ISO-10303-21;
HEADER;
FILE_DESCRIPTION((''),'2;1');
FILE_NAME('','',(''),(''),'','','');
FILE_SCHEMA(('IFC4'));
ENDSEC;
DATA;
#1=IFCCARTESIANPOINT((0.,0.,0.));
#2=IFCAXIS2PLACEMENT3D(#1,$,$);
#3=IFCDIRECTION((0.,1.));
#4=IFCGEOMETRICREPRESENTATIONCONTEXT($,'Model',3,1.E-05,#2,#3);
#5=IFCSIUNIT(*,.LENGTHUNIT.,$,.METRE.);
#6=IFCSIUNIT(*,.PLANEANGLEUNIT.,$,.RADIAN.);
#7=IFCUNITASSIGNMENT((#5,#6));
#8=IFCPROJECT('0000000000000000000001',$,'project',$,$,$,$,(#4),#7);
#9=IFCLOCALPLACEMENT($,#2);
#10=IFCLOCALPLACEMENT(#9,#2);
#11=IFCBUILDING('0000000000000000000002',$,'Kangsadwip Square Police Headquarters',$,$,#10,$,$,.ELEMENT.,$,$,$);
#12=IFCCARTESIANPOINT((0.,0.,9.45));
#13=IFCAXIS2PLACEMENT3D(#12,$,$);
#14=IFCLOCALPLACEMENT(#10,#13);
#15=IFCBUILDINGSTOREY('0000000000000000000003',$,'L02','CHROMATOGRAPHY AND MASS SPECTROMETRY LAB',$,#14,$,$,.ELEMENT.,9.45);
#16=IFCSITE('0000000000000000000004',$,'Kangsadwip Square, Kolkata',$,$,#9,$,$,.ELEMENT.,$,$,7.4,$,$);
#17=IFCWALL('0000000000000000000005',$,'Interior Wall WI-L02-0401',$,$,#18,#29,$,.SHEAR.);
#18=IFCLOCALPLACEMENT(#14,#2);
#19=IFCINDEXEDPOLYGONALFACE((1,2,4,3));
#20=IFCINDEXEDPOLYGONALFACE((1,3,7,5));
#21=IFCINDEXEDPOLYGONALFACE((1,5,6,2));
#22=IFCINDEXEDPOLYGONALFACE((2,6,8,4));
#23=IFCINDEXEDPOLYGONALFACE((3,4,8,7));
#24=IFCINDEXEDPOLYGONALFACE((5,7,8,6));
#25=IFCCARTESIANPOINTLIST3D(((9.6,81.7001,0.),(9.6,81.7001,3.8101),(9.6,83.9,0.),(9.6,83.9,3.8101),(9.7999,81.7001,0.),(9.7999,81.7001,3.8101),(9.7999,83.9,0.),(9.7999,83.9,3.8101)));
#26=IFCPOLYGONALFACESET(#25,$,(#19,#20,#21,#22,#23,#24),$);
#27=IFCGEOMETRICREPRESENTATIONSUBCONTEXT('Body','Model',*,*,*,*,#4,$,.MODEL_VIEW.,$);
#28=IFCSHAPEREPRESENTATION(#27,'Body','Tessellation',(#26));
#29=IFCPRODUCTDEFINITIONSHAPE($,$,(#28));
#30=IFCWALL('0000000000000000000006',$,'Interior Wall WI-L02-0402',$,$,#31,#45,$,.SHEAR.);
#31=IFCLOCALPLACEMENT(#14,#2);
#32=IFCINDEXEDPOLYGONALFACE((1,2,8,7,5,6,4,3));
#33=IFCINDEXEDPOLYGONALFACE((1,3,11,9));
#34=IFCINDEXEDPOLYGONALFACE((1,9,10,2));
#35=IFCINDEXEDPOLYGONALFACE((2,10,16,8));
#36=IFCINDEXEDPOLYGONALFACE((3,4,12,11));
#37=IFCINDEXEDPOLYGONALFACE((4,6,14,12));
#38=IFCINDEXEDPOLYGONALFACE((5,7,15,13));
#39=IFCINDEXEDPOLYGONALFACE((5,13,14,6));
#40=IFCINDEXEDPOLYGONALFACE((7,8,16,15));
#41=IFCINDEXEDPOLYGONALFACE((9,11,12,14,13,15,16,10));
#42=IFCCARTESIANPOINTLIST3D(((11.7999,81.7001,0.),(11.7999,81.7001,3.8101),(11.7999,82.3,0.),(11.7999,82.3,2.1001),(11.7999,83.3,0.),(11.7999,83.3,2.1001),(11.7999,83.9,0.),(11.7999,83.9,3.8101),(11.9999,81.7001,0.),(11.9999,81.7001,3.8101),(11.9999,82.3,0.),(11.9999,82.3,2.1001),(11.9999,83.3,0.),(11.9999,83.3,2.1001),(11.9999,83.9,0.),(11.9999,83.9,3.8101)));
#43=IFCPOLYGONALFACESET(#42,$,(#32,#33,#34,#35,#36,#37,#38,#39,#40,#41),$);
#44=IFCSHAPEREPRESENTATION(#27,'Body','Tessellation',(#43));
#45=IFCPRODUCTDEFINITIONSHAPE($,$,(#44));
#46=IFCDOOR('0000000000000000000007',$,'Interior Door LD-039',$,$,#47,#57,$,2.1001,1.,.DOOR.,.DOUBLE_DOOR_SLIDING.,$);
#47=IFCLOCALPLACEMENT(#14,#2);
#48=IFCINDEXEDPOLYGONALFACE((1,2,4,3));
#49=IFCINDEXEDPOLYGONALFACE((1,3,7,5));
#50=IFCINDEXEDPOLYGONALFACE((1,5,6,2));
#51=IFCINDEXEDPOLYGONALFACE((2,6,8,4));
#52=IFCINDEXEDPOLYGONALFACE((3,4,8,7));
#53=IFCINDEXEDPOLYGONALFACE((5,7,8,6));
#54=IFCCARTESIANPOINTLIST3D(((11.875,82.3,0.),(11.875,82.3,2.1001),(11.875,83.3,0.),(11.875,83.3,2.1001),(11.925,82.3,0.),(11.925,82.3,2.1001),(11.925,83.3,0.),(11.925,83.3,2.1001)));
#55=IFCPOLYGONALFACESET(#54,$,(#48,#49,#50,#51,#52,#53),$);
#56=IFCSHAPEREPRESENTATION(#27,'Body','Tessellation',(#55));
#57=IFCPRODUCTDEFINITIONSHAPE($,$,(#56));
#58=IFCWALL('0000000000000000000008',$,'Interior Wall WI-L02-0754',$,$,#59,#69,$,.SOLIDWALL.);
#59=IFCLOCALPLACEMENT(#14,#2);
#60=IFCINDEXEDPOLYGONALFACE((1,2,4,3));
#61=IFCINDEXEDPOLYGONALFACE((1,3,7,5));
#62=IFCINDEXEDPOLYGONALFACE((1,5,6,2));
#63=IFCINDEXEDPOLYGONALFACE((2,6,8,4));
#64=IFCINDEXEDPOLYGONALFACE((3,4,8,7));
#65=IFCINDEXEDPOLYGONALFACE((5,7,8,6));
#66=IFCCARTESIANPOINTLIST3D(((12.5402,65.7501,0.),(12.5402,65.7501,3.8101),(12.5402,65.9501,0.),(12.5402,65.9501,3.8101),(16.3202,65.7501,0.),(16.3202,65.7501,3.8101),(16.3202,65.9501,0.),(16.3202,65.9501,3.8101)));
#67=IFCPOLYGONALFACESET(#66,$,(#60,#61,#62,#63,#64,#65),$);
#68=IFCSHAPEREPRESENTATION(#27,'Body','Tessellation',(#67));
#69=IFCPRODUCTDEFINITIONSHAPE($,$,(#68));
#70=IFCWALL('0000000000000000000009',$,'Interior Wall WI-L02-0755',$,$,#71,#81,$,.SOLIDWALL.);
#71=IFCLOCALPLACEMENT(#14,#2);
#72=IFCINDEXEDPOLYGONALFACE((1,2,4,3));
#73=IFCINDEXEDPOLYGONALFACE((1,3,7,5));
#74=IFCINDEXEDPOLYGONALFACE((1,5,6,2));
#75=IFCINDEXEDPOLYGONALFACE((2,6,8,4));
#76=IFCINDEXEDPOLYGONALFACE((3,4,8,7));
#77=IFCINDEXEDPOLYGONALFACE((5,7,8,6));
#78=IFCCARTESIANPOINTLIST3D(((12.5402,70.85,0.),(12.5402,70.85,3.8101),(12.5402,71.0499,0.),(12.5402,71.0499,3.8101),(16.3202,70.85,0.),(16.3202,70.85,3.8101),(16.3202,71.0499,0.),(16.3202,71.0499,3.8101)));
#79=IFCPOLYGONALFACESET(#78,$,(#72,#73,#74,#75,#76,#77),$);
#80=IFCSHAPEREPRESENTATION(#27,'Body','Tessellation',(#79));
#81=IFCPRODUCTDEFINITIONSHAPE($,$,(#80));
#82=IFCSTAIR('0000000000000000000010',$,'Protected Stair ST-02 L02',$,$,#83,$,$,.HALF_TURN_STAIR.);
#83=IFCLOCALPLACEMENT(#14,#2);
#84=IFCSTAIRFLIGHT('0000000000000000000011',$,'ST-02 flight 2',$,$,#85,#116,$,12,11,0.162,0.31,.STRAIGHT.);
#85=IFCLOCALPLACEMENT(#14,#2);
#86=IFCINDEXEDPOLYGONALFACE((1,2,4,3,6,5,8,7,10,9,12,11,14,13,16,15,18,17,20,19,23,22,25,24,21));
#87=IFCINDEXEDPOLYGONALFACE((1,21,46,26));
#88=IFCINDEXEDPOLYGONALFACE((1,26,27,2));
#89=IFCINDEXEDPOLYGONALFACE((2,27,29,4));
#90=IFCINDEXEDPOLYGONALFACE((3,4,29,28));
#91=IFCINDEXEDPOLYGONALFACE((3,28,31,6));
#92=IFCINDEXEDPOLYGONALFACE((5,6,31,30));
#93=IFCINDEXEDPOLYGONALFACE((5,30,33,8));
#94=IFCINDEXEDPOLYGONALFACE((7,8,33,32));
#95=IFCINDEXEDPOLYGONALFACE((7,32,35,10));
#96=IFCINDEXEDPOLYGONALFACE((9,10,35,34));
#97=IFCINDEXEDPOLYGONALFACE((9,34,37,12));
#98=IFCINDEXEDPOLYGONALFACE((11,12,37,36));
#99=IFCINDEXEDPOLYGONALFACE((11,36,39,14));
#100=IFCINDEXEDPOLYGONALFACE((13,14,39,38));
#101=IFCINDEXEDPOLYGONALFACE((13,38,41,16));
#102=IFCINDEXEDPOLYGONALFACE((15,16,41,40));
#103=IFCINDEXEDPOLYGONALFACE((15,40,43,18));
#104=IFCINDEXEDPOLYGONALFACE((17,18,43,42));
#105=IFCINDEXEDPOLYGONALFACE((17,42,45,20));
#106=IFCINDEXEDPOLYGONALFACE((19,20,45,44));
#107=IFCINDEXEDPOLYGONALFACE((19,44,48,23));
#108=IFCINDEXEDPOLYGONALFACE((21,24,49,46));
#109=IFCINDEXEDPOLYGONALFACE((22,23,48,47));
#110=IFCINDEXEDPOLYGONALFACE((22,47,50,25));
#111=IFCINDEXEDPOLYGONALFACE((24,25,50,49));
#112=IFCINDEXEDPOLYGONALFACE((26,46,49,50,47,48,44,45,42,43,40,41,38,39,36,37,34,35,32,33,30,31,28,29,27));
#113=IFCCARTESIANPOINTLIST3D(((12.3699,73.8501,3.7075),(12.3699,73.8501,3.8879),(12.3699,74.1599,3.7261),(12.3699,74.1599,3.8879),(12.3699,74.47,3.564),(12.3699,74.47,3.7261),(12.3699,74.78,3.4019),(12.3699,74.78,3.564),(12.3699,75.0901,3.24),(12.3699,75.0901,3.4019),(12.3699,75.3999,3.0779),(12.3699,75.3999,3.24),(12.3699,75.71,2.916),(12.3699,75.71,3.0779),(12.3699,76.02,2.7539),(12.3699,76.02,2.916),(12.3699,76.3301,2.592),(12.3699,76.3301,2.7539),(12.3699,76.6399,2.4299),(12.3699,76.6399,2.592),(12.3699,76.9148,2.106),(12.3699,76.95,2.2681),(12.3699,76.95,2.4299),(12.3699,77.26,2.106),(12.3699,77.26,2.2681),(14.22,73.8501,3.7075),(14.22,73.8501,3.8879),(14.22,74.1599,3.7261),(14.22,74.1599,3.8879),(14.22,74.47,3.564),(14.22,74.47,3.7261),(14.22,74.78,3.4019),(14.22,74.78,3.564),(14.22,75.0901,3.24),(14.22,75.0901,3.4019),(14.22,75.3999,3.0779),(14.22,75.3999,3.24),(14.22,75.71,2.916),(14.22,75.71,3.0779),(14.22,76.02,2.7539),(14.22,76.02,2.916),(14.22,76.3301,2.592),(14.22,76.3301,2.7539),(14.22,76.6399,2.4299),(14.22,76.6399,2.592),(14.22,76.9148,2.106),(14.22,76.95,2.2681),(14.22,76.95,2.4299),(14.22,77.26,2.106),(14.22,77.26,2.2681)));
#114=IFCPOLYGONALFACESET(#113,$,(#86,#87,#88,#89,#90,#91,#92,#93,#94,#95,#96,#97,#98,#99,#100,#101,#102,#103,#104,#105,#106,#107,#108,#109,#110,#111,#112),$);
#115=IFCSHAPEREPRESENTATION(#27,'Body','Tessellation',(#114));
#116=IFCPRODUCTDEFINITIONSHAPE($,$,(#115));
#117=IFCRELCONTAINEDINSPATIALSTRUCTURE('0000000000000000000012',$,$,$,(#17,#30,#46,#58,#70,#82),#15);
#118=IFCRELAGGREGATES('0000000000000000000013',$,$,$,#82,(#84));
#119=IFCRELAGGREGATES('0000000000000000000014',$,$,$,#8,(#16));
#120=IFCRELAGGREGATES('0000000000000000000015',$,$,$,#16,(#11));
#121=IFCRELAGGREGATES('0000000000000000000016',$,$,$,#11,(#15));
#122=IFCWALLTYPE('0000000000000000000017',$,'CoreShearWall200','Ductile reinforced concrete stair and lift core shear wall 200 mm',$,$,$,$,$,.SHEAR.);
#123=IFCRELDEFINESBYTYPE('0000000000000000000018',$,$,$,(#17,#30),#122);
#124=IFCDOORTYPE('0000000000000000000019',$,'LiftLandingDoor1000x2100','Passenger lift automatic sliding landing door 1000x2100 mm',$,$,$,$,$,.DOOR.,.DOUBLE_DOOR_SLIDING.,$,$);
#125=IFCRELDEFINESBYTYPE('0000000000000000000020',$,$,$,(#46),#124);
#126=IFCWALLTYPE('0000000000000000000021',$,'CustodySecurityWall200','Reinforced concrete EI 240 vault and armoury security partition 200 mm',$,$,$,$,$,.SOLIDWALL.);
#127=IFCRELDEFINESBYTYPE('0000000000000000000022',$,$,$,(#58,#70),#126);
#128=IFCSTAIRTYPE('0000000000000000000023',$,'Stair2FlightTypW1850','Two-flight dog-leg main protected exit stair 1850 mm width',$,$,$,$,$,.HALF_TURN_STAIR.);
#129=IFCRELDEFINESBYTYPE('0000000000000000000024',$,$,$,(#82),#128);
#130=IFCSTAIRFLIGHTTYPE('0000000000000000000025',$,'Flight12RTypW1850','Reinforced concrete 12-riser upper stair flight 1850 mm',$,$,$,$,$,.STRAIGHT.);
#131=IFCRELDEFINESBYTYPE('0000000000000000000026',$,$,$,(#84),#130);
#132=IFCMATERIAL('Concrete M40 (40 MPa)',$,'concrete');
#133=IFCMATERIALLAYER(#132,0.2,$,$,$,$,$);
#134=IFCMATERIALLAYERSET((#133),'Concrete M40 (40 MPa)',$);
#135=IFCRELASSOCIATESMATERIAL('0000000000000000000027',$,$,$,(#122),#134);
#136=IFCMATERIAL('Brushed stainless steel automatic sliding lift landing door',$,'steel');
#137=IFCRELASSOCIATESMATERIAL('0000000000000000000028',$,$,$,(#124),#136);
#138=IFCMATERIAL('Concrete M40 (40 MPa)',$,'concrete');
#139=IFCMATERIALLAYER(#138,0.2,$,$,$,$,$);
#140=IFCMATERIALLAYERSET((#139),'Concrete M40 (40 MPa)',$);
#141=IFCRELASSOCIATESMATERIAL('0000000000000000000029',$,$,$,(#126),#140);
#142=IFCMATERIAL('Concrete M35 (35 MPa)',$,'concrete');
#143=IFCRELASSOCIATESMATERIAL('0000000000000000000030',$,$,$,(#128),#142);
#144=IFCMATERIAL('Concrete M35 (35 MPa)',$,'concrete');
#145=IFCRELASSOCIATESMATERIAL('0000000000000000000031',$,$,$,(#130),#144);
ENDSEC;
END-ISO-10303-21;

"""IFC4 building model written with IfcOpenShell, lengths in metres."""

from ifc_helpers import new_model, si_unit, direction, frame, frame_2d, origin, place, context, subcontext, project, spatial, polyline, rectangle, outline, extrude, material, layer, layer_set, type_object, element, fill, aggregate, save


model = new_model("IFC4")

# Units and contexts
model_context = context("Model", 3, precision=1e-05, world=origin(), true_north=direction((0.0, 1.0)))
body_context = subcontext(model_context, "Body", "Model", "MODEL_VIEW")
ifc_project = project(units=[si_unit("LENGTHUNIT", "METRE"), si_unit("PLANEANGLEUNIT", "RADIAN")], contexts=[model_context])

# Site, building, storey
site_placement = place(None, origin())
site = spatial("IfcSite", under=ifc_project, at=site_placement, Name="Kangsadwip Square, Kolkata", CompositionType="ELEMENT", RefElevation=7.4)
building_placement = place(site_placement, origin())
building = spatial("IfcBuilding", under=site, at=building_placement, Name="Kangsadwip Square Police Headquarters", CompositionType="ELEMENT")
storey_placement = place(building_placement, frame((0.0, 0.0, 9.45)))
storey = spatial("IfcBuildingStorey", under=building, at=storey_placement, Name="L02", Description="CHROMATOGRAPHY AND MASS SPECTROMETRY LAB", CompositionType="ELEMENT", Elevation=9.45)

# Shared definitions
ifc_material_1 = material(Name="Concrete M40 (40 MPa)", Category="concrete")
ifc_layer_1 = layer(ifc_material_1, 0.2)
ifc_layer_set_1 = layer_set([ifc_layer_1], Name="Concrete M40 (40 MPa)")
wall_type_1 = type_object("IfcWallType", Name="CoreShearWall200", Description="Ductile reinforced concrete stair and lift core shear wall 200 mm", PredefinedType="SHEAR", material=ifc_layer_set_1)

# Wall
for number, where, z_axis, x_axis, name in (
    (1, (9.7, 81.7, 0.0), (0.0, 0.0, 1.0), (0.0, 1.0, 0.0), "Interior Wall WI-L02-0401"),
):
    element("IfcWall", number, at=place(storey_placement, frame(where, z_axis=z_axis, x_axis=x_axis)), inside=storey, type_object=wall_type_1, Name=name, PredefinedType="SHEAR", context=body_context, shape_type="SweptSolid", body=[
        extrude(rectangle(XDim=2.2, YDim=0.2, at=frame_2d((1.1001, 0.0))), origin(), (0.0, 0.0, 1.0), 3.8101),
    ])

# Wall, opening, door
wall_1_placement = place(storey_placement, frame((11.8999, 81.7, 0.0), z_axis=(0.0, 0.0, 1.0), x_axis=(0.0, 1.0, 0.0)))
wall_1 = element("IfcWall", 2, at=wall_1_placement, inside=storey, type_object=wall_type_1, Name="Interior Wall WI-L02-0402", PredefinedType="SHEAR", context=body_context, shape_type="SweptSolid", body=[
    extrude(rectangle(XDim=2.2, YDim=0.2, at=frame_2d((1.1001, 0.0))), origin(), (0.0, 0.0, 1.0), 3.8101),
])
opening_1_placement = place(wall_1_placement, frame((0.6001, 0.0, 0.0)))
opening_1 = element("IfcOpeningElement", 3, at=opening_1_placement, cuts=wall_1, PredefinedType="OPENING", context=body_context, shape_type="SweptSolid", body=[
    extrude(rectangle(XDim=1.0, YDim=2.1001, at=frame_2d((0.5, 1.05))), frame((0.0, 0.1099, 0.0), z_axis=(0.0, -1.0, 0.0), x_axis=(1.0, 0.0, 0.0)), (0.0, 0.0, 1.0), 0.22),
])
ifc_material_2 = material(Name="Brushed stainless steel automatic sliding lift landing door", Category="steel")
door_type_1 = type_object("IfcDoorType", Name="LiftLandingDoor1000x2100", Description="Passenger lift automatic sliding landing door 1000x2100 mm", OperationType="DOUBLE_DOOR_SLIDING", PredefinedType="DOOR", material=ifc_material_2)
door_1_placement = place(opening_1_placement, origin())
door_1 = element("IfcDoor", 4, at=door_1_placement, inside=storey, type_object=door_type_1, Name="Interior Door LD-039", OperationType="DOUBLE_DOOR_SLIDING", OverallHeight=2.1001, OverallWidth=1.0, PredefinedType="DOOR", context=body_context, shape_type="SweptSolid", body=[
    extrude(rectangle(XDim=1.0, YDim=2.1001, at=frame_2d((0.5, 1.05))), frame((0.0, 0.0249, 0.0), z_axis=(0.0, -1.0, 0.0), x_axis=(1.0, 0.0, 0.0)), (0.0, 0.0, 1.0), 0.05),
])
fill(opening_1, door_1)

# Walls
ifc_material_3 = material(Name="Concrete M40 (40 MPa)", Category="concrete")
ifc_layer_2 = layer(ifc_material_3, 0.2)
ifc_layer_set_2 = layer_set([ifc_layer_2], Name="Concrete M40 (40 MPa)")
wall_type_2 = type_object("IfcWallType", Name="CustodySecurityWall200", Description="Reinforced concrete EI 240 vault and armoury security partition 200 mm", PredefinedType="SOLIDWALL", material=ifc_layer_set_2)
for number, where, z_axis, x_axis, name in (
    (5, (12.54, 65.8501, 0.0), (0.0, 0.0, 1.0), (1.0, 0.0, 0.0), "Interior Wall WI-L02-0754"),
    (6, (12.54, 70.95, 0.0), (0.0, 0.0, 1.0), (1.0, 0.0, 0.0), "Interior Wall WI-L02-0755"),
):
    element("IfcWall", number, at=place(storey_placement, frame(where, z_axis=z_axis, x_axis=x_axis)), inside=storey, type_object=wall_type_2, Name=name, PredefinedType="SOLIDWALL", context=body_context, shape_type="SweptSolid", body=[
        extrude(rectangle(XDim=3.78, YDim=0.2, at=frame_2d((1.8901, 0.0))), origin(), (0.0, 0.0, 1.0), 3.8101),
    ])

# Stair, stair flight
ifc_material_4 = material(Name="Concrete M35 (35 MPa)", Category="concrete")
stair_type = type_object("IfcStairType", Name="Stair2FlightTypW1850", Description="Two-flight dog-leg main protected exit stair 1850 mm width", PredefinedType="HALF_TURN_STAIR", material=ifc_material_4)
stair_placement = place(storey_placement, origin())
stair = element("IfcStair", 7, at=stair_placement, inside=storey, type_object=stair_type, Name="Protected Stair ST-02 L02", PredefinedType="HALF_TURN_STAIR")
ifc_material_5 = material(Name="Concrete M35 (35 MPa)", Category="concrete")
stair_flight_type = type_object("IfcStairFlightType", Name="Flight12RTypW1850", Description="Reinforced concrete 12-riser upper stair flight 1850 mm", PredefinedType="STRAIGHT", material=ifc_material_5)
stair_flight_placement = place(storey_placement, frame((13.2949, 77.26, 2.106), z_axis=(0.0, 0.0, 1.0), x_axis=(0.0, -1.0, 0.0)))
stair_flight = element("IfcStairFlight", 8, at=stair_flight_placement, type_object=stair_flight_type, Name="ST-02 flight 2", NumberOfRisers=12, NumberOfTreads=11, PredefinedType="STRAIGHT", RiserHeight=0.162, TreadLength=0.31, context=body_context, shape_type="SweptSolid", body=[
    extrude(outline(polyline([(0.0, 0.0), (0.0, 0.1621), (0.3101, 0.1621), (0.3101, 0.324), (0.6201, 0.324), (0.6201, 0.4861), (0.9299, 0.4861), (0.9299, 0.6479), (1.24, 0.6479), (1.24, 0.8101), (1.55, 0.8101), (1.55, 0.9719), (1.8601, 0.9719), (1.8601, 1.134), (2.1699, 1.134), (2.1699, 1.2959), (2.48, 1.2959), (2.48, 1.458), (2.79, 1.458), (2.79, 1.6201), (3.1001, 1.6201), (3.1001, 1.782), (3.4099, 1.782), (3.4099, 1.9441), (3.4099, 1.6016), (0.3452, 0.0), (0.0, 0.0)])), frame((0.0, 0.925, 0.0), z_axis=(0.0, -1.0, 0.0), x_axis=(1.0, 0.0, 0.0)), (0.0, 0.0, 1.0), 1.8501),
])
aggregate(stair, [stair_flight])

save(model, "model.ifc")
